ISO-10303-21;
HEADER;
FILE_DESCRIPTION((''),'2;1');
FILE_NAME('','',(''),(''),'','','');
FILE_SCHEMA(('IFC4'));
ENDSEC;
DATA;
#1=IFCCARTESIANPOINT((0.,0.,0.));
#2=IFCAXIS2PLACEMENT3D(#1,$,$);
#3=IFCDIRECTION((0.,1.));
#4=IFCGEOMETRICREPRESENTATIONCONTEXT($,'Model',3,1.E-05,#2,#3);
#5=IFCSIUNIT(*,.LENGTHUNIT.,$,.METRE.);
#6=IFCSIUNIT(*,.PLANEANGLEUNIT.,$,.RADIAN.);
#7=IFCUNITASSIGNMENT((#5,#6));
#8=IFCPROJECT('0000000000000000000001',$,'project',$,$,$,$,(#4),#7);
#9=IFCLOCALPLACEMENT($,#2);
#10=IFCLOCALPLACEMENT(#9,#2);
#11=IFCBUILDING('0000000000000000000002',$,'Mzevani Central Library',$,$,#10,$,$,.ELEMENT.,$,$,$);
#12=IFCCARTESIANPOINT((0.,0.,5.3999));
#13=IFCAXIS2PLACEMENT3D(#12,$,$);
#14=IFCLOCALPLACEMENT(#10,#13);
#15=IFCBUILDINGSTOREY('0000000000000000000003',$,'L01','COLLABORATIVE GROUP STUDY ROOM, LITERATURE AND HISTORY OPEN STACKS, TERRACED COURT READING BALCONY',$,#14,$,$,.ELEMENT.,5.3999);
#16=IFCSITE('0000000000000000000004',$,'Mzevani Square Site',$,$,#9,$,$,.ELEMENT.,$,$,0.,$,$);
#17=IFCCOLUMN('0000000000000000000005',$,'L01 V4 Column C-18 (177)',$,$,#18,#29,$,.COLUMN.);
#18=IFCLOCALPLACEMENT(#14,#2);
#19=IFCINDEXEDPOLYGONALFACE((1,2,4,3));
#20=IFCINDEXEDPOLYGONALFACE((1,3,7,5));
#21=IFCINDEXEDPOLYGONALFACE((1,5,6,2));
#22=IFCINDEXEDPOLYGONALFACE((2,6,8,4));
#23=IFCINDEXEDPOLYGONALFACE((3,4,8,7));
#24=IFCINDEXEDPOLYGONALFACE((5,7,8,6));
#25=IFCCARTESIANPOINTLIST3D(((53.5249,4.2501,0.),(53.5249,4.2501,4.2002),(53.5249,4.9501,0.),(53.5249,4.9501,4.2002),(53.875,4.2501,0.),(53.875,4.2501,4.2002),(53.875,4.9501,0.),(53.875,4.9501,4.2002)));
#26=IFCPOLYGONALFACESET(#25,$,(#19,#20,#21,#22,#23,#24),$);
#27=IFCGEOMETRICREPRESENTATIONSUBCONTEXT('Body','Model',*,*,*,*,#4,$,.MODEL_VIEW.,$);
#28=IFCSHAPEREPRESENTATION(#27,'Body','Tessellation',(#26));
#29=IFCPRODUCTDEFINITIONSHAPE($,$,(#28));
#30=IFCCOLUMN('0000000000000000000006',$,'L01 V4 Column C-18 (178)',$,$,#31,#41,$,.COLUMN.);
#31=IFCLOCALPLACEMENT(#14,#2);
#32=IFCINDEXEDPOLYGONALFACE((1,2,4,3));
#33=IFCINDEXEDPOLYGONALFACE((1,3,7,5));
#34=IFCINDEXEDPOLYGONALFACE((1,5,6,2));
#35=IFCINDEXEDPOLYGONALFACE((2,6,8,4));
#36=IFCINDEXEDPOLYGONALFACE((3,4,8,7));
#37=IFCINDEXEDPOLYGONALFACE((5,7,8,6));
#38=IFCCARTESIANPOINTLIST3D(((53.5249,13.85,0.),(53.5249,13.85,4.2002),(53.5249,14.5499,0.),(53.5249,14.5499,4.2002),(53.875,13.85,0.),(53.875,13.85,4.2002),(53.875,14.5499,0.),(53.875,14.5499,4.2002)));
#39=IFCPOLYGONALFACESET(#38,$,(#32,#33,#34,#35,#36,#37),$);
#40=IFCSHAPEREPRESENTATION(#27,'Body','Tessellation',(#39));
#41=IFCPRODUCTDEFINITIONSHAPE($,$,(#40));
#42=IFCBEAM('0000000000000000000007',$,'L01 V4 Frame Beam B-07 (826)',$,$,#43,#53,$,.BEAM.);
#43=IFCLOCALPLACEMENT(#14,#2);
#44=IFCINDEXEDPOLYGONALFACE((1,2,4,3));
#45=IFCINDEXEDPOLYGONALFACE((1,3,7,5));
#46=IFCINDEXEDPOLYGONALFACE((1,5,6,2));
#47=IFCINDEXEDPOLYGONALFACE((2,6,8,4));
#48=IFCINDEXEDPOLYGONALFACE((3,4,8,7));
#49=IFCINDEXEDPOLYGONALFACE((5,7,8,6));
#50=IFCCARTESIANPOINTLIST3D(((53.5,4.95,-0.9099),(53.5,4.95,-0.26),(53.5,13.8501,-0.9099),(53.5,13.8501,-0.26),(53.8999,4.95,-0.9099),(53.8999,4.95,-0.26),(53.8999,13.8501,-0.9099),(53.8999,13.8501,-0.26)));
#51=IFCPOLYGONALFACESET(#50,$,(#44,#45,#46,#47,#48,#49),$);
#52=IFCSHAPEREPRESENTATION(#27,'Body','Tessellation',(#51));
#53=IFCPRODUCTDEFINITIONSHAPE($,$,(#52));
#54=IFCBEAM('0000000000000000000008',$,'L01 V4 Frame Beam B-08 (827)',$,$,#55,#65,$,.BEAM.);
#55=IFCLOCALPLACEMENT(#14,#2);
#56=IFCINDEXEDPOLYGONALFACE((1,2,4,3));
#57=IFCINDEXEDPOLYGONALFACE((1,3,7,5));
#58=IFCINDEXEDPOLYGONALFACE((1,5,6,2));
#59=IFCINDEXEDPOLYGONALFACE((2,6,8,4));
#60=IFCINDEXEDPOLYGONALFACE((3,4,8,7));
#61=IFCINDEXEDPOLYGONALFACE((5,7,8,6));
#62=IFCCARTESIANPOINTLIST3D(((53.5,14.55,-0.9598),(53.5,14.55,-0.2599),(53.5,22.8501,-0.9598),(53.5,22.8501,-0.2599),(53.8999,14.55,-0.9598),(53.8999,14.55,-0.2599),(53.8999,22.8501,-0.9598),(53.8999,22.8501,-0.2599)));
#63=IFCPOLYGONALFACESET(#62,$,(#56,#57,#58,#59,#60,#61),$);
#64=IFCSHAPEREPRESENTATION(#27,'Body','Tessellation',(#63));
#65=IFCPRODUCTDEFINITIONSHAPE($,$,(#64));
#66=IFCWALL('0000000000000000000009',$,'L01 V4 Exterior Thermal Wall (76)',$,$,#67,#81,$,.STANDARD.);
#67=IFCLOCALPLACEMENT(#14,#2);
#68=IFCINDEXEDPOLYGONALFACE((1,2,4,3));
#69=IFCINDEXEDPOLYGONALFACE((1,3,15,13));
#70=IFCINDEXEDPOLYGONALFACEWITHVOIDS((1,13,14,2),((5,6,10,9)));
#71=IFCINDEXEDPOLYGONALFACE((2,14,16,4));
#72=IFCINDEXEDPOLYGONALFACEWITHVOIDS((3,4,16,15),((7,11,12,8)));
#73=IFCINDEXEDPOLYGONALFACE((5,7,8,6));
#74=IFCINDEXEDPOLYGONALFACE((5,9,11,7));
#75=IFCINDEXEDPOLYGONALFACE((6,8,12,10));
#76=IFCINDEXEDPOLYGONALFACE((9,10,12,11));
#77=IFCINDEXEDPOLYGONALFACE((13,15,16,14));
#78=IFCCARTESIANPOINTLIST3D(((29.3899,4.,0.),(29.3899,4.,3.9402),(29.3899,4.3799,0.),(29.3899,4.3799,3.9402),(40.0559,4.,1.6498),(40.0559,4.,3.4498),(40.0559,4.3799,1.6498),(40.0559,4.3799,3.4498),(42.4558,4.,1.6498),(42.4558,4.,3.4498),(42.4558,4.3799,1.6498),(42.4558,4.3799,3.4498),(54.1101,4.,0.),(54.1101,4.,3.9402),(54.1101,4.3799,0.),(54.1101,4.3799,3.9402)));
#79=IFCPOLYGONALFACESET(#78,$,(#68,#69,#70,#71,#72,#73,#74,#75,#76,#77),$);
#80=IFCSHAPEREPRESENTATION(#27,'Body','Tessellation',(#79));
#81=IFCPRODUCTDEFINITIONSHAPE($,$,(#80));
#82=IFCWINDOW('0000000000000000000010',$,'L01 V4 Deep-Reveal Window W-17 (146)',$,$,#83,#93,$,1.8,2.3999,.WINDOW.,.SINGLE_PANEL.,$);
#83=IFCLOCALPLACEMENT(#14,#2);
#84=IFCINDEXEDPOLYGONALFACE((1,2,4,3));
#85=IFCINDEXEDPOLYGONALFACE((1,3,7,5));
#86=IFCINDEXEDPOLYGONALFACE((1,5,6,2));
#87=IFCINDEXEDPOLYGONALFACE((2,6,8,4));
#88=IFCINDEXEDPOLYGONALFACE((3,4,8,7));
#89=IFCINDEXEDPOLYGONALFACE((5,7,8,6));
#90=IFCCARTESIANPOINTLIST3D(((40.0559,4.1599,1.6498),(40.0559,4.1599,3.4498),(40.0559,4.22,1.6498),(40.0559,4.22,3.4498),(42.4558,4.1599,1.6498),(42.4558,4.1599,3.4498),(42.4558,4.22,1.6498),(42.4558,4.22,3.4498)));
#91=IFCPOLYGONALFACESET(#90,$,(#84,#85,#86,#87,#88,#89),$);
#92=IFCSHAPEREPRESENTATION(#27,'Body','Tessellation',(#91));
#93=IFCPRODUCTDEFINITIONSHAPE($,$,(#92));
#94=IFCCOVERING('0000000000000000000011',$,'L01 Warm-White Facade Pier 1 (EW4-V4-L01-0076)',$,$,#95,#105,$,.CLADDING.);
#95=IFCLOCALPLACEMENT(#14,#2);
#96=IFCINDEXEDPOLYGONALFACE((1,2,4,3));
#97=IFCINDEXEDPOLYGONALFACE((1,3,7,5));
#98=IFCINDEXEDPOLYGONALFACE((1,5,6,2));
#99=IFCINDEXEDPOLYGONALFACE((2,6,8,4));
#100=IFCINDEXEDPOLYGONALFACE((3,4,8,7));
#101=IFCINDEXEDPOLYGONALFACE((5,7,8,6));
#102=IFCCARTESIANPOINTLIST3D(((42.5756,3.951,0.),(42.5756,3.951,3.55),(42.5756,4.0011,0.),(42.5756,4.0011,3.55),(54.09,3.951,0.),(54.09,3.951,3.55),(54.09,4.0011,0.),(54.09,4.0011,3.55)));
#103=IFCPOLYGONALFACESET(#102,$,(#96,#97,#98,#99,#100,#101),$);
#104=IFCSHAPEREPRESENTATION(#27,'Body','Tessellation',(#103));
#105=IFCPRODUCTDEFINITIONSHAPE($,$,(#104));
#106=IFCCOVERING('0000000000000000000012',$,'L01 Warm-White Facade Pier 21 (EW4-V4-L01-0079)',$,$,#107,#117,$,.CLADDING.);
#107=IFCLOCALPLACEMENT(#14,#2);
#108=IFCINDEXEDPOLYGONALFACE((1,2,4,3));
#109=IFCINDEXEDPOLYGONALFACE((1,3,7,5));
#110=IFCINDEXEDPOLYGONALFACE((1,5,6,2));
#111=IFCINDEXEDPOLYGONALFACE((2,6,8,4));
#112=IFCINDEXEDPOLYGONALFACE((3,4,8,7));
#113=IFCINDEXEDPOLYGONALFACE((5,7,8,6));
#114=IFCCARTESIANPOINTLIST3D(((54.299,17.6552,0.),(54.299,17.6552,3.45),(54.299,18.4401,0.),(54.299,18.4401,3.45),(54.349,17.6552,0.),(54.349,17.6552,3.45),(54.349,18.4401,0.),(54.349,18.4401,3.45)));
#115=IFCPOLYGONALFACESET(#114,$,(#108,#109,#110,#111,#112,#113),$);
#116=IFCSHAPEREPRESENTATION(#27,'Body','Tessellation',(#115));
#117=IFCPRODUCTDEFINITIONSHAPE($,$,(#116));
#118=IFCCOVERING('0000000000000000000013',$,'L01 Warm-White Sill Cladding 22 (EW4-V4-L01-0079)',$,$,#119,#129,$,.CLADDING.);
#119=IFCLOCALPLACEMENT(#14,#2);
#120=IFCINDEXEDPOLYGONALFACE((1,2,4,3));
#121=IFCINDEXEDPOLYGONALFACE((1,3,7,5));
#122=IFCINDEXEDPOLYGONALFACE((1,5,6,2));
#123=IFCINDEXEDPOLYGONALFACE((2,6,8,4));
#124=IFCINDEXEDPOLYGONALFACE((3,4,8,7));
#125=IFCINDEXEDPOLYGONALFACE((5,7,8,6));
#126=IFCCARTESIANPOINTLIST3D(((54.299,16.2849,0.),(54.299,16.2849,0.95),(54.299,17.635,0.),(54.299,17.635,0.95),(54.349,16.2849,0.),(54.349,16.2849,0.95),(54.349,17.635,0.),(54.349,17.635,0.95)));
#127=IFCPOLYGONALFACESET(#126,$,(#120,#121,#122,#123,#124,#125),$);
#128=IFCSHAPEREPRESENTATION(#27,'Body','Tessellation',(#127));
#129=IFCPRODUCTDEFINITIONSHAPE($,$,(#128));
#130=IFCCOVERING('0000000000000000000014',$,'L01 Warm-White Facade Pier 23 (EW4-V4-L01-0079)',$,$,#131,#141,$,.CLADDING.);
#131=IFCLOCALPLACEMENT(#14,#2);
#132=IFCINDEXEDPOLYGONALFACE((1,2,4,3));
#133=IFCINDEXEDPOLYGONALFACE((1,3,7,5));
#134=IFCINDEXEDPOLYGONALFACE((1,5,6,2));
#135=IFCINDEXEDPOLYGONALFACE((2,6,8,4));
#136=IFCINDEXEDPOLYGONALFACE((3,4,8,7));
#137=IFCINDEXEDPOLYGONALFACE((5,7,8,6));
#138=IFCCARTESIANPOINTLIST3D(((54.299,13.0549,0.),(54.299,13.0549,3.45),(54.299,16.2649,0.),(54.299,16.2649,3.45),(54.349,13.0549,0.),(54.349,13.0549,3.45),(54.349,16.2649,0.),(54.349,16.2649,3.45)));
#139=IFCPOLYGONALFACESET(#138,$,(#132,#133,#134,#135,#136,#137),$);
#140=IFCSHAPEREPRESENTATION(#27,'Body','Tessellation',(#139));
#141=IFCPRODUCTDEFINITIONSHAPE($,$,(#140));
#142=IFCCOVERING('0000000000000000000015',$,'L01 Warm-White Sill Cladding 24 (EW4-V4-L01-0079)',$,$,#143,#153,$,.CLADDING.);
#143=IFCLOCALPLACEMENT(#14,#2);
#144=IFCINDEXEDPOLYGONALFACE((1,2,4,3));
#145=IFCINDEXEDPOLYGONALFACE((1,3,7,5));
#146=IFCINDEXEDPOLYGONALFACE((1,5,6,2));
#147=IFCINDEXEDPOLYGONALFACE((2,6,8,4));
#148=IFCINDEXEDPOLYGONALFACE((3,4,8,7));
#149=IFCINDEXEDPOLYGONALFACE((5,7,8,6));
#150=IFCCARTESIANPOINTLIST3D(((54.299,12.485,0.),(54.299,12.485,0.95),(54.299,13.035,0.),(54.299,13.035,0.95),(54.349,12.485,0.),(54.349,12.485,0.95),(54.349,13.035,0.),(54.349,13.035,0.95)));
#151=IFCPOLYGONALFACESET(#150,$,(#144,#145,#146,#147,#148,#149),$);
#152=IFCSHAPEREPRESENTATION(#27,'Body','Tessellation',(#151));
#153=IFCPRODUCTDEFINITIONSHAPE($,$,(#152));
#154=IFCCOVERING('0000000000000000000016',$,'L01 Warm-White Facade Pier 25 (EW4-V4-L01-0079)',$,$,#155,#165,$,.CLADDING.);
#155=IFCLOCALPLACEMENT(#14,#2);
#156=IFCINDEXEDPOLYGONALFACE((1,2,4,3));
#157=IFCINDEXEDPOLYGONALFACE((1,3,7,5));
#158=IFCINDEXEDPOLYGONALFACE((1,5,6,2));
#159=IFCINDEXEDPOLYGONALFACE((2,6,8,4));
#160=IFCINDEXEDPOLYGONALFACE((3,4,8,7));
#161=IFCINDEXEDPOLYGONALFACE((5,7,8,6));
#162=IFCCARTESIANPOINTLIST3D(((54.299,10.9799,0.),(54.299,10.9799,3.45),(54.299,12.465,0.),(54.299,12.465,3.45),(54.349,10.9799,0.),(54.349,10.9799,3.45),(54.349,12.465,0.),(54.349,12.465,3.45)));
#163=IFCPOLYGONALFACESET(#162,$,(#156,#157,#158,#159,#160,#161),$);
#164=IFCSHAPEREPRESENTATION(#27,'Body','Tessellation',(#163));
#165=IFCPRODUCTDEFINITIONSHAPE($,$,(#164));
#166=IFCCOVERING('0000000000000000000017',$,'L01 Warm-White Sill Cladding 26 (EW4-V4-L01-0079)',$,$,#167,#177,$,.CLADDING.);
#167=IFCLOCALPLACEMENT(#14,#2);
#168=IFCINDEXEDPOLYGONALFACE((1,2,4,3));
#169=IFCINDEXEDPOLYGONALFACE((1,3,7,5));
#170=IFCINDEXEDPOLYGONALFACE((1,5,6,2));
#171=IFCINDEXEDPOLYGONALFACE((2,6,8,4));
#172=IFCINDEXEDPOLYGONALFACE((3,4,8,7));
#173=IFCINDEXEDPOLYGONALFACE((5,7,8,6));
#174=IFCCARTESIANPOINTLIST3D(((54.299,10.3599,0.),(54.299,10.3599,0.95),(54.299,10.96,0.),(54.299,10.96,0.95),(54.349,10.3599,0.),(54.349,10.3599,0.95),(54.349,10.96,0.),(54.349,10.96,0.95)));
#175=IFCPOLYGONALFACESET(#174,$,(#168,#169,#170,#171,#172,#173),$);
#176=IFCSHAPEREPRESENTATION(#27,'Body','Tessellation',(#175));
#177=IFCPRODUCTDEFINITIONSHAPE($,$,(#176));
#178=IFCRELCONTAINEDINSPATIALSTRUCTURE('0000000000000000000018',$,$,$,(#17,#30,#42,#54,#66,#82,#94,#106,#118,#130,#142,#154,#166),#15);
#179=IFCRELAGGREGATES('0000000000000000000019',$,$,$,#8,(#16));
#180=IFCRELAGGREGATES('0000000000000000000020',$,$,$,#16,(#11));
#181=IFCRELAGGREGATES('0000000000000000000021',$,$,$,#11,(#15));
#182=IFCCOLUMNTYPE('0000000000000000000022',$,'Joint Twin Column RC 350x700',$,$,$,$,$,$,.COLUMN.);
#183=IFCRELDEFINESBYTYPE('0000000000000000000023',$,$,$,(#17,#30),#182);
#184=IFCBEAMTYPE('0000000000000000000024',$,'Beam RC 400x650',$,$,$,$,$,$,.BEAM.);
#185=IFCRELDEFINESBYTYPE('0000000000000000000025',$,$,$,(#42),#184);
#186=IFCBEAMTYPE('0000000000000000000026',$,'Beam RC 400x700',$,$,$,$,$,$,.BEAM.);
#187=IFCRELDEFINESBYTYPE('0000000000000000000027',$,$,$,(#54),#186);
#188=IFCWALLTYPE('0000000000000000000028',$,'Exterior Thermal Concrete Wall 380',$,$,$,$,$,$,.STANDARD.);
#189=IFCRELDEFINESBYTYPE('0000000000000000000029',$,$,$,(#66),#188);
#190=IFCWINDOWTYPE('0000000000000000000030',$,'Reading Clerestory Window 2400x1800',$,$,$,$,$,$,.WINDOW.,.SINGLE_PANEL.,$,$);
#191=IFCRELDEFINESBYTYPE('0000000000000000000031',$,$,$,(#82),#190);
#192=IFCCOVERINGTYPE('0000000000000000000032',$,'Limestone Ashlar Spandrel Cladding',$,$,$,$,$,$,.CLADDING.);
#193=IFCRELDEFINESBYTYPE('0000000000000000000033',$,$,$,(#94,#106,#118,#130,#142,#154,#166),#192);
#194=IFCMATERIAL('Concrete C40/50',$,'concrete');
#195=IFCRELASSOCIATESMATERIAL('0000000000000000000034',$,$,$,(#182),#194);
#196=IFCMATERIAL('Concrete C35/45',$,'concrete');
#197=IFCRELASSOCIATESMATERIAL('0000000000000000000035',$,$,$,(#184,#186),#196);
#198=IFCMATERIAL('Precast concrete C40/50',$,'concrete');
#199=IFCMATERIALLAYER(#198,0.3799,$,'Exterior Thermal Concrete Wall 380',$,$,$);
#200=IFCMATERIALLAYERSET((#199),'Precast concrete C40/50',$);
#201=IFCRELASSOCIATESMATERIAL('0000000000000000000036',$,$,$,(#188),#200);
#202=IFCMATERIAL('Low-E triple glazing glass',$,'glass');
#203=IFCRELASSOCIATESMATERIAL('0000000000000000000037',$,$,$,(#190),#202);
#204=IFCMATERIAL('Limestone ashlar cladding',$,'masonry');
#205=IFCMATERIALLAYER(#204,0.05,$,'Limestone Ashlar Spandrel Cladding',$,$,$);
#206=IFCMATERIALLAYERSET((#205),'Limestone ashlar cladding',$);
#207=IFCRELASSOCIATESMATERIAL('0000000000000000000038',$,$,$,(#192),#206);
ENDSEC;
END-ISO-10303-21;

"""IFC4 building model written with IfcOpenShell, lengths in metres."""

from ifc_helpers import new_model, si_unit, direction, frame, frame_2d, origin, origin_2d, place, context, subcontext, project, spatial, rectangle, extrude, material, layer, layer_set, material_profile, profile_set, type_object, element, fill, save


model = new_model("IFC4")

# Units and contexts
model_context = context("Model", 3, precision=1e-05, world=origin(), true_north=direction((0.0, 1.0)))
body_context = subcontext(model_context, "Body", "Model", "MODEL_VIEW")
ifc_project = project(units=[si_unit("LENGTHUNIT", "METRE"), si_unit("PLANEANGLEUNIT", "RADIAN")], contexts=[model_context])

# Site, building, storey
site_placement = place(None, origin())
site = spatial("IfcSite", under=ifc_project, at=site_placement, Name="Mzevani Square Site", CompositionType="ELEMENT", RefElevation=0.0)
building_placement = place(site_placement, origin())
building = spatial("IfcBuilding", under=site, at=building_placement, Name="Mzevani Central Library", CompositionType="ELEMENT")
storey_placement = place(building_placement, frame((0.0, 0.0, 5.3999)))
storey = spatial("IfcBuildingStorey", under=building, at=storey_placement, Name="L01", Description="COLLABORATIVE GROUP STUDY ROOM, LITERATURE AND HISTORY OPEN STACKS, TERRACED COURT READING BALCONY", CompositionType="ELEMENT", Elevation=5.3999)

# Columns
ifc_material_1 = material(Name="Concrete C40/50", Category="concrete")
ifc_material_profile_1 = material_profile(ifc_material_1, rectangle(XDim=0.3501, YDim=0.7, at=origin_2d()), Name="RC 350x700")
ifc_profile_set_1 = profile_set([ifc_material_profile_1], Name="Concrete C40/50")
column_type = type_object("IfcColumnType", Name="Joint Twin Column RC 350x700", PredefinedType="COLUMN", material=ifc_profile_set_1)
for number, where, z_axis, x_axis, name in (
    (1, (53.7, 4.6001, 0.0), (0.0, 0.0, 1.0), (1.0, 0.0, 0.0), "L01 V4 Column C-18 (177)"),
    (2, (53.7, 14.2, 0.0), (0.0, 0.0, 1.0), (1.0, 0.0, 0.0), "L01 V4 Column C-18 (178)"),
):
    element("IfcColumn", number, at=place(storey_placement, frame(where, z_axis=z_axis, x_axis=x_axis)), inside=storey, type_object=column_type, Name=name, PredefinedType="COLUMN", context=body_context, shape_type="SweptSolid", body=[
        extrude(rectangle(XDim=0.3501, YDim=0.7, at=origin_2d()), origin(), (0.0, 0.0, 1.0), 4.2002),
    ])

# Beams
ifc_material_2 = material(Name="Concrete C35/45", Category="concrete")
ifc_material_profile_2 = material_profile(ifc_material_2, rectangle(XDim=0.3999, YDim=0.6499, at=origin_2d()), Name="RC B400x650")
ifc_profile_set_2 = profile_set([ifc_material_profile_2], Name="Concrete C35/45")
beam_type_1 = type_object("IfcBeamType", Name="Beam RC 400x650", PredefinedType="BEAM", material=ifc_profile_set_2)
beam_1_placement = place(storey_placement, frame((53.7, 4.95, -0.585), z_axis=(0.0, 1.0, 0.0), x_axis=(-1.0, 0.0, 0.0)))
element("IfcBeam", 3, at=beam_1_placement, inside=storey, type_object=beam_type_1, Name="L01 V4 Frame Beam B-07 (826)", PredefinedType="BEAM", context=body_context, shape_type="SweptSolid", body=[
    extrude(rectangle(XDim=0.3999, YDim=0.6499, at=origin_2d()), origin(), (0.0, 0.0, 1.0), 8.9001),
])
ifc_material_profile_3 = material_profile(ifc_material_2, rectangle(XDim=0.3999, YDim=0.7, at=origin_2d()), Name="RC B400x700")
ifc_profile_set_3 = profile_set([ifc_material_profile_3], Name="Concrete C35/45")
beam_type_2 = type_object("IfcBeamType", Name="Beam RC 400x700", PredefinedType="BEAM", material=ifc_profile_set_3)
beam_2_placement = place(storey_placement, frame((53.7, 14.55, -0.6099), z_axis=(0.0, 1.0, 0.0), x_axis=(-1.0, 0.0, 0.0)))
element("IfcBeam", 4, at=beam_2_placement, inside=storey, type_object=beam_type_2, Name="L01 V4 Frame Beam B-08 (827)", PredefinedType="BEAM", context=body_context, shape_type="SweptSolid", body=[
    extrude(rectangle(XDim=0.3999, YDim=0.7, at=origin_2d()), origin(), (0.0, 0.0, 1.0), 8.3),
])

# Wall, opening, window
ifc_material_3 = material(Name="Precast concrete C40/50", Category="concrete")
ifc_layer_1 = layer(ifc_material_3, 0.3799, Name="Exterior Thermal Concrete Wall 380")
ifc_layer_set_1 = layer_set([ifc_layer_1], Name="Precast concrete C40/50")
wall_type = type_object("IfcWallType", Name="Exterior Thermal Concrete Wall 380", PredefinedType="STANDARD", material=ifc_layer_set_1)
wall_placement = place(storey_placement, frame((54.1101, 4.1899, 0.0), z_axis=(0.0, 0.0, 1.0), x_axis=(-1.0, 0.0, 0.0)))
wall = element("IfcWall", 5, at=wall_placement, inside=storey, type_object=wall_type, Name="L01 V4 Exterior Thermal Wall (76)", PredefinedType="STANDARD", context=body_context, shape_type="SweptSolid", body=[
    extrude(rectangle(XDim=24.7202, YDim=0.3799, at=frame_2d((12.3601, 0.0))), origin(), (0.0, 0.0, 1.0), 3.9402),
])
opening_placement = place(wall_placement, frame((11.6543, 0.0, 1.6499)))
opening = element("IfcOpeningElement", 6, at=opening_placement, cuts=wall, PredefinedType="OPENING", context=body_context, shape_type="SweptSolid", body=[
    extrude(rectangle(XDim=2.3999, YDim=1.8, at=frame_2d((1.2, 0.8999))), frame((0.0, 0.2, 0.0), z_axis=(0.0, -1.0, 0.0), x_axis=(1.0, 0.0, 0.0)), (0.0, 0.0, 1.0), 0.3999),
])
ifc_material_4 = material(Name="Low-E triple glazing glass", Category="glass")
window_type = type_object("IfcWindowType", Name="Reading Clerestory Window 2400x1800", PartitioningType="SINGLE_PANEL", PredefinedType="WINDOW", material=ifc_material_4)
window_placement = place(opening_placement, origin())
window = element("IfcWindow", 7, at=window_placement, inside=storey, type_object=window_type, Name="L01 V4 Deep-Reveal Window W-17 (146)", OverallHeight=1.8, OverallWidth=2.3999, PartitioningType="SINGLE_PANEL", PredefinedType="WINDOW", context=body_context, shape_type="SweptSolid", body=[
    extrude(rectangle(XDim=2.3999, YDim=1.8, at=frame_2d((1.2, 0.8999))), frame((0.0, 0.03, 0.0), z_axis=(0.0, -1.0, 0.0), x_axis=(1.0, 0.0, 0.0)), (0.0, 0.0, 1.0), 0.0601),
])
fill(opening, window)

# Coverings
ifc_material_5 = material(Name="Limestone ashlar cladding", Category="masonry")
ifc_layer_2 = layer(ifc_material_5, 0.05, Name="Limestone Ashlar Spandrel Cladding")
ifc_layer_set_2 = layer_set([ifc_layer_2], Name="Limestone ashlar cladding")
covering_type = type_object("IfcCoveringType", Name="Limestone Ashlar Spandrel Cladding", PredefinedType="CLADDING", material=ifc_layer_set_2)
covering_1_placement = place(storey_placement, frame((48.3328, 3.9761, 0.0), z_axis=(0.0, 0.0, 1.0), x_axis=(-1.0, 0.0, 0.0)))
element("IfcCovering", 8, at=covering_1_placement, inside=storey, type_object=covering_type, Name="L01 Warm-White Facade Pier 1 (EW4-V4-L01-0076)", PredefinedType="CLADDING", context=body_context, shape_type="SweptSolid", body=[
    extrude(rectangle(XDim=11.5144, YDim=0.05, at=origin_2d()), origin(), (0.0, 0.0, 1.0), 3.55),
])
covering_2_placement = place(storey_placement, frame((54.324, 18.0476, 0.0), z_axis=(0.0, 0.0, 1.0), x_axis=(0.0, -1.0, 0.0)))
element("IfcCovering", 9, at=covering_2_placement, inside=storey, type_object=covering_type, Name="L01 Warm-White Facade Pier 21 (EW4-V4-L01-0079)", PredefinedType="CLADDING", context=body_context, shape_type="SweptSolid", body=[
    extrude(rectangle(XDim=0.7849, YDim=0.05, at=origin_2d()), origin(), (0.0, 0.0, 1.0), 3.45),
])
covering_3_placement = place(storey_placement, frame((54.324, 16.96, 0.0), z_axis=(0.0, 0.0, 1.0), x_axis=(0.0, -1.0, 0.0)))
element("IfcCovering", 10, at=covering_3_placement, inside=storey, type_object=covering_type, Name="L01 Warm-White Sill Cladding 22 (EW4-V4-L01-0079)", PredefinedType="CLADDING", context=body_context, shape_type="SweptSolid", body=[
    extrude(rectangle(XDim=1.3501, YDim=0.05, at=origin_2d()), origin(), (0.0, 0.0, 1.0), 0.95),
])
covering_4_placement = place(storey_placement, frame((54.324, 14.6599, 0.0), z_axis=(0.0, 0.0, 1.0), x_axis=(0.0, -1.0, 0.0)))
element("IfcCovering", 11, at=covering_4_placement, inside=storey, type_object=covering_type, Name="L01 Warm-White Facade Pier 23 (EW4-V4-L01-0079)", PredefinedType="CLADDING", context=body_context, shape_type="SweptSolid", body=[
    extrude(rectangle(XDim=3.21, YDim=0.05, at=origin_2d()), origin(), (0.0, 0.0, 1.0), 3.45),
])
covering_5_placement = place(storey_placement, frame((54.324, 12.76, 0.0), z_axis=(0.0, 0.0, 1.0), x_axis=(0.0, -1.0, 0.0)))
element("IfcCovering", 12, at=covering_5_placement, inside=storey, type_object=covering_type, Name="L01 Warm-White Sill Cladding 24 (EW4-V4-L01-0079)", PredefinedType="CLADDING", context=body_context, shape_type="SweptSolid", body=[
    extrude(rectangle(XDim=0.55, YDim=0.05, at=origin_2d()), origin(), (0.0, 0.0, 1.0), 0.95),
])
covering_6_placement = place(storey_placement, frame((54.324, 11.7224, 0.0), z_axis=(0.0, 0.0, 1.0), x_axis=(0.0, -1.0, 0.0)))
element("IfcCovering", 13, at=covering_6_placement, inside=storey, type_object=covering_type, Name="L01 Warm-White Facade Pier 25 (EW4-V4-L01-0079)", PredefinedType="CLADDING", context=body_context, shape_type="SweptSolid", body=[
    extrude(rectangle(XDim=1.4851, YDim=0.05, at=origin_2d()), origin(), (0.0, 0.0, 1.0), 3.45),
])
covering_7_placement = place(storey_placement, frame((54.324, 10.6599, 0.0), z_axis=(0.0, 0.0, 1.0), x_axis=(0.0, -1.0, 0.0)))
element("IfcCovering", 14, at=covering_7_placement, inside=storey, type_object=covering_type, Name="L01 Warm-White Sill Cladding 26 (EW4-V4-L01-0079)", PredefinedType="CLADDING", context=body_context, shape_type="SweptSolid", body=[
    extrude(rectangle(XDim=0.6001, YDim=0.05, at=origin_2d()), origin(), (0.0, 0.0, 1.0), 0.95),
])

save(model, "model.ifc")
